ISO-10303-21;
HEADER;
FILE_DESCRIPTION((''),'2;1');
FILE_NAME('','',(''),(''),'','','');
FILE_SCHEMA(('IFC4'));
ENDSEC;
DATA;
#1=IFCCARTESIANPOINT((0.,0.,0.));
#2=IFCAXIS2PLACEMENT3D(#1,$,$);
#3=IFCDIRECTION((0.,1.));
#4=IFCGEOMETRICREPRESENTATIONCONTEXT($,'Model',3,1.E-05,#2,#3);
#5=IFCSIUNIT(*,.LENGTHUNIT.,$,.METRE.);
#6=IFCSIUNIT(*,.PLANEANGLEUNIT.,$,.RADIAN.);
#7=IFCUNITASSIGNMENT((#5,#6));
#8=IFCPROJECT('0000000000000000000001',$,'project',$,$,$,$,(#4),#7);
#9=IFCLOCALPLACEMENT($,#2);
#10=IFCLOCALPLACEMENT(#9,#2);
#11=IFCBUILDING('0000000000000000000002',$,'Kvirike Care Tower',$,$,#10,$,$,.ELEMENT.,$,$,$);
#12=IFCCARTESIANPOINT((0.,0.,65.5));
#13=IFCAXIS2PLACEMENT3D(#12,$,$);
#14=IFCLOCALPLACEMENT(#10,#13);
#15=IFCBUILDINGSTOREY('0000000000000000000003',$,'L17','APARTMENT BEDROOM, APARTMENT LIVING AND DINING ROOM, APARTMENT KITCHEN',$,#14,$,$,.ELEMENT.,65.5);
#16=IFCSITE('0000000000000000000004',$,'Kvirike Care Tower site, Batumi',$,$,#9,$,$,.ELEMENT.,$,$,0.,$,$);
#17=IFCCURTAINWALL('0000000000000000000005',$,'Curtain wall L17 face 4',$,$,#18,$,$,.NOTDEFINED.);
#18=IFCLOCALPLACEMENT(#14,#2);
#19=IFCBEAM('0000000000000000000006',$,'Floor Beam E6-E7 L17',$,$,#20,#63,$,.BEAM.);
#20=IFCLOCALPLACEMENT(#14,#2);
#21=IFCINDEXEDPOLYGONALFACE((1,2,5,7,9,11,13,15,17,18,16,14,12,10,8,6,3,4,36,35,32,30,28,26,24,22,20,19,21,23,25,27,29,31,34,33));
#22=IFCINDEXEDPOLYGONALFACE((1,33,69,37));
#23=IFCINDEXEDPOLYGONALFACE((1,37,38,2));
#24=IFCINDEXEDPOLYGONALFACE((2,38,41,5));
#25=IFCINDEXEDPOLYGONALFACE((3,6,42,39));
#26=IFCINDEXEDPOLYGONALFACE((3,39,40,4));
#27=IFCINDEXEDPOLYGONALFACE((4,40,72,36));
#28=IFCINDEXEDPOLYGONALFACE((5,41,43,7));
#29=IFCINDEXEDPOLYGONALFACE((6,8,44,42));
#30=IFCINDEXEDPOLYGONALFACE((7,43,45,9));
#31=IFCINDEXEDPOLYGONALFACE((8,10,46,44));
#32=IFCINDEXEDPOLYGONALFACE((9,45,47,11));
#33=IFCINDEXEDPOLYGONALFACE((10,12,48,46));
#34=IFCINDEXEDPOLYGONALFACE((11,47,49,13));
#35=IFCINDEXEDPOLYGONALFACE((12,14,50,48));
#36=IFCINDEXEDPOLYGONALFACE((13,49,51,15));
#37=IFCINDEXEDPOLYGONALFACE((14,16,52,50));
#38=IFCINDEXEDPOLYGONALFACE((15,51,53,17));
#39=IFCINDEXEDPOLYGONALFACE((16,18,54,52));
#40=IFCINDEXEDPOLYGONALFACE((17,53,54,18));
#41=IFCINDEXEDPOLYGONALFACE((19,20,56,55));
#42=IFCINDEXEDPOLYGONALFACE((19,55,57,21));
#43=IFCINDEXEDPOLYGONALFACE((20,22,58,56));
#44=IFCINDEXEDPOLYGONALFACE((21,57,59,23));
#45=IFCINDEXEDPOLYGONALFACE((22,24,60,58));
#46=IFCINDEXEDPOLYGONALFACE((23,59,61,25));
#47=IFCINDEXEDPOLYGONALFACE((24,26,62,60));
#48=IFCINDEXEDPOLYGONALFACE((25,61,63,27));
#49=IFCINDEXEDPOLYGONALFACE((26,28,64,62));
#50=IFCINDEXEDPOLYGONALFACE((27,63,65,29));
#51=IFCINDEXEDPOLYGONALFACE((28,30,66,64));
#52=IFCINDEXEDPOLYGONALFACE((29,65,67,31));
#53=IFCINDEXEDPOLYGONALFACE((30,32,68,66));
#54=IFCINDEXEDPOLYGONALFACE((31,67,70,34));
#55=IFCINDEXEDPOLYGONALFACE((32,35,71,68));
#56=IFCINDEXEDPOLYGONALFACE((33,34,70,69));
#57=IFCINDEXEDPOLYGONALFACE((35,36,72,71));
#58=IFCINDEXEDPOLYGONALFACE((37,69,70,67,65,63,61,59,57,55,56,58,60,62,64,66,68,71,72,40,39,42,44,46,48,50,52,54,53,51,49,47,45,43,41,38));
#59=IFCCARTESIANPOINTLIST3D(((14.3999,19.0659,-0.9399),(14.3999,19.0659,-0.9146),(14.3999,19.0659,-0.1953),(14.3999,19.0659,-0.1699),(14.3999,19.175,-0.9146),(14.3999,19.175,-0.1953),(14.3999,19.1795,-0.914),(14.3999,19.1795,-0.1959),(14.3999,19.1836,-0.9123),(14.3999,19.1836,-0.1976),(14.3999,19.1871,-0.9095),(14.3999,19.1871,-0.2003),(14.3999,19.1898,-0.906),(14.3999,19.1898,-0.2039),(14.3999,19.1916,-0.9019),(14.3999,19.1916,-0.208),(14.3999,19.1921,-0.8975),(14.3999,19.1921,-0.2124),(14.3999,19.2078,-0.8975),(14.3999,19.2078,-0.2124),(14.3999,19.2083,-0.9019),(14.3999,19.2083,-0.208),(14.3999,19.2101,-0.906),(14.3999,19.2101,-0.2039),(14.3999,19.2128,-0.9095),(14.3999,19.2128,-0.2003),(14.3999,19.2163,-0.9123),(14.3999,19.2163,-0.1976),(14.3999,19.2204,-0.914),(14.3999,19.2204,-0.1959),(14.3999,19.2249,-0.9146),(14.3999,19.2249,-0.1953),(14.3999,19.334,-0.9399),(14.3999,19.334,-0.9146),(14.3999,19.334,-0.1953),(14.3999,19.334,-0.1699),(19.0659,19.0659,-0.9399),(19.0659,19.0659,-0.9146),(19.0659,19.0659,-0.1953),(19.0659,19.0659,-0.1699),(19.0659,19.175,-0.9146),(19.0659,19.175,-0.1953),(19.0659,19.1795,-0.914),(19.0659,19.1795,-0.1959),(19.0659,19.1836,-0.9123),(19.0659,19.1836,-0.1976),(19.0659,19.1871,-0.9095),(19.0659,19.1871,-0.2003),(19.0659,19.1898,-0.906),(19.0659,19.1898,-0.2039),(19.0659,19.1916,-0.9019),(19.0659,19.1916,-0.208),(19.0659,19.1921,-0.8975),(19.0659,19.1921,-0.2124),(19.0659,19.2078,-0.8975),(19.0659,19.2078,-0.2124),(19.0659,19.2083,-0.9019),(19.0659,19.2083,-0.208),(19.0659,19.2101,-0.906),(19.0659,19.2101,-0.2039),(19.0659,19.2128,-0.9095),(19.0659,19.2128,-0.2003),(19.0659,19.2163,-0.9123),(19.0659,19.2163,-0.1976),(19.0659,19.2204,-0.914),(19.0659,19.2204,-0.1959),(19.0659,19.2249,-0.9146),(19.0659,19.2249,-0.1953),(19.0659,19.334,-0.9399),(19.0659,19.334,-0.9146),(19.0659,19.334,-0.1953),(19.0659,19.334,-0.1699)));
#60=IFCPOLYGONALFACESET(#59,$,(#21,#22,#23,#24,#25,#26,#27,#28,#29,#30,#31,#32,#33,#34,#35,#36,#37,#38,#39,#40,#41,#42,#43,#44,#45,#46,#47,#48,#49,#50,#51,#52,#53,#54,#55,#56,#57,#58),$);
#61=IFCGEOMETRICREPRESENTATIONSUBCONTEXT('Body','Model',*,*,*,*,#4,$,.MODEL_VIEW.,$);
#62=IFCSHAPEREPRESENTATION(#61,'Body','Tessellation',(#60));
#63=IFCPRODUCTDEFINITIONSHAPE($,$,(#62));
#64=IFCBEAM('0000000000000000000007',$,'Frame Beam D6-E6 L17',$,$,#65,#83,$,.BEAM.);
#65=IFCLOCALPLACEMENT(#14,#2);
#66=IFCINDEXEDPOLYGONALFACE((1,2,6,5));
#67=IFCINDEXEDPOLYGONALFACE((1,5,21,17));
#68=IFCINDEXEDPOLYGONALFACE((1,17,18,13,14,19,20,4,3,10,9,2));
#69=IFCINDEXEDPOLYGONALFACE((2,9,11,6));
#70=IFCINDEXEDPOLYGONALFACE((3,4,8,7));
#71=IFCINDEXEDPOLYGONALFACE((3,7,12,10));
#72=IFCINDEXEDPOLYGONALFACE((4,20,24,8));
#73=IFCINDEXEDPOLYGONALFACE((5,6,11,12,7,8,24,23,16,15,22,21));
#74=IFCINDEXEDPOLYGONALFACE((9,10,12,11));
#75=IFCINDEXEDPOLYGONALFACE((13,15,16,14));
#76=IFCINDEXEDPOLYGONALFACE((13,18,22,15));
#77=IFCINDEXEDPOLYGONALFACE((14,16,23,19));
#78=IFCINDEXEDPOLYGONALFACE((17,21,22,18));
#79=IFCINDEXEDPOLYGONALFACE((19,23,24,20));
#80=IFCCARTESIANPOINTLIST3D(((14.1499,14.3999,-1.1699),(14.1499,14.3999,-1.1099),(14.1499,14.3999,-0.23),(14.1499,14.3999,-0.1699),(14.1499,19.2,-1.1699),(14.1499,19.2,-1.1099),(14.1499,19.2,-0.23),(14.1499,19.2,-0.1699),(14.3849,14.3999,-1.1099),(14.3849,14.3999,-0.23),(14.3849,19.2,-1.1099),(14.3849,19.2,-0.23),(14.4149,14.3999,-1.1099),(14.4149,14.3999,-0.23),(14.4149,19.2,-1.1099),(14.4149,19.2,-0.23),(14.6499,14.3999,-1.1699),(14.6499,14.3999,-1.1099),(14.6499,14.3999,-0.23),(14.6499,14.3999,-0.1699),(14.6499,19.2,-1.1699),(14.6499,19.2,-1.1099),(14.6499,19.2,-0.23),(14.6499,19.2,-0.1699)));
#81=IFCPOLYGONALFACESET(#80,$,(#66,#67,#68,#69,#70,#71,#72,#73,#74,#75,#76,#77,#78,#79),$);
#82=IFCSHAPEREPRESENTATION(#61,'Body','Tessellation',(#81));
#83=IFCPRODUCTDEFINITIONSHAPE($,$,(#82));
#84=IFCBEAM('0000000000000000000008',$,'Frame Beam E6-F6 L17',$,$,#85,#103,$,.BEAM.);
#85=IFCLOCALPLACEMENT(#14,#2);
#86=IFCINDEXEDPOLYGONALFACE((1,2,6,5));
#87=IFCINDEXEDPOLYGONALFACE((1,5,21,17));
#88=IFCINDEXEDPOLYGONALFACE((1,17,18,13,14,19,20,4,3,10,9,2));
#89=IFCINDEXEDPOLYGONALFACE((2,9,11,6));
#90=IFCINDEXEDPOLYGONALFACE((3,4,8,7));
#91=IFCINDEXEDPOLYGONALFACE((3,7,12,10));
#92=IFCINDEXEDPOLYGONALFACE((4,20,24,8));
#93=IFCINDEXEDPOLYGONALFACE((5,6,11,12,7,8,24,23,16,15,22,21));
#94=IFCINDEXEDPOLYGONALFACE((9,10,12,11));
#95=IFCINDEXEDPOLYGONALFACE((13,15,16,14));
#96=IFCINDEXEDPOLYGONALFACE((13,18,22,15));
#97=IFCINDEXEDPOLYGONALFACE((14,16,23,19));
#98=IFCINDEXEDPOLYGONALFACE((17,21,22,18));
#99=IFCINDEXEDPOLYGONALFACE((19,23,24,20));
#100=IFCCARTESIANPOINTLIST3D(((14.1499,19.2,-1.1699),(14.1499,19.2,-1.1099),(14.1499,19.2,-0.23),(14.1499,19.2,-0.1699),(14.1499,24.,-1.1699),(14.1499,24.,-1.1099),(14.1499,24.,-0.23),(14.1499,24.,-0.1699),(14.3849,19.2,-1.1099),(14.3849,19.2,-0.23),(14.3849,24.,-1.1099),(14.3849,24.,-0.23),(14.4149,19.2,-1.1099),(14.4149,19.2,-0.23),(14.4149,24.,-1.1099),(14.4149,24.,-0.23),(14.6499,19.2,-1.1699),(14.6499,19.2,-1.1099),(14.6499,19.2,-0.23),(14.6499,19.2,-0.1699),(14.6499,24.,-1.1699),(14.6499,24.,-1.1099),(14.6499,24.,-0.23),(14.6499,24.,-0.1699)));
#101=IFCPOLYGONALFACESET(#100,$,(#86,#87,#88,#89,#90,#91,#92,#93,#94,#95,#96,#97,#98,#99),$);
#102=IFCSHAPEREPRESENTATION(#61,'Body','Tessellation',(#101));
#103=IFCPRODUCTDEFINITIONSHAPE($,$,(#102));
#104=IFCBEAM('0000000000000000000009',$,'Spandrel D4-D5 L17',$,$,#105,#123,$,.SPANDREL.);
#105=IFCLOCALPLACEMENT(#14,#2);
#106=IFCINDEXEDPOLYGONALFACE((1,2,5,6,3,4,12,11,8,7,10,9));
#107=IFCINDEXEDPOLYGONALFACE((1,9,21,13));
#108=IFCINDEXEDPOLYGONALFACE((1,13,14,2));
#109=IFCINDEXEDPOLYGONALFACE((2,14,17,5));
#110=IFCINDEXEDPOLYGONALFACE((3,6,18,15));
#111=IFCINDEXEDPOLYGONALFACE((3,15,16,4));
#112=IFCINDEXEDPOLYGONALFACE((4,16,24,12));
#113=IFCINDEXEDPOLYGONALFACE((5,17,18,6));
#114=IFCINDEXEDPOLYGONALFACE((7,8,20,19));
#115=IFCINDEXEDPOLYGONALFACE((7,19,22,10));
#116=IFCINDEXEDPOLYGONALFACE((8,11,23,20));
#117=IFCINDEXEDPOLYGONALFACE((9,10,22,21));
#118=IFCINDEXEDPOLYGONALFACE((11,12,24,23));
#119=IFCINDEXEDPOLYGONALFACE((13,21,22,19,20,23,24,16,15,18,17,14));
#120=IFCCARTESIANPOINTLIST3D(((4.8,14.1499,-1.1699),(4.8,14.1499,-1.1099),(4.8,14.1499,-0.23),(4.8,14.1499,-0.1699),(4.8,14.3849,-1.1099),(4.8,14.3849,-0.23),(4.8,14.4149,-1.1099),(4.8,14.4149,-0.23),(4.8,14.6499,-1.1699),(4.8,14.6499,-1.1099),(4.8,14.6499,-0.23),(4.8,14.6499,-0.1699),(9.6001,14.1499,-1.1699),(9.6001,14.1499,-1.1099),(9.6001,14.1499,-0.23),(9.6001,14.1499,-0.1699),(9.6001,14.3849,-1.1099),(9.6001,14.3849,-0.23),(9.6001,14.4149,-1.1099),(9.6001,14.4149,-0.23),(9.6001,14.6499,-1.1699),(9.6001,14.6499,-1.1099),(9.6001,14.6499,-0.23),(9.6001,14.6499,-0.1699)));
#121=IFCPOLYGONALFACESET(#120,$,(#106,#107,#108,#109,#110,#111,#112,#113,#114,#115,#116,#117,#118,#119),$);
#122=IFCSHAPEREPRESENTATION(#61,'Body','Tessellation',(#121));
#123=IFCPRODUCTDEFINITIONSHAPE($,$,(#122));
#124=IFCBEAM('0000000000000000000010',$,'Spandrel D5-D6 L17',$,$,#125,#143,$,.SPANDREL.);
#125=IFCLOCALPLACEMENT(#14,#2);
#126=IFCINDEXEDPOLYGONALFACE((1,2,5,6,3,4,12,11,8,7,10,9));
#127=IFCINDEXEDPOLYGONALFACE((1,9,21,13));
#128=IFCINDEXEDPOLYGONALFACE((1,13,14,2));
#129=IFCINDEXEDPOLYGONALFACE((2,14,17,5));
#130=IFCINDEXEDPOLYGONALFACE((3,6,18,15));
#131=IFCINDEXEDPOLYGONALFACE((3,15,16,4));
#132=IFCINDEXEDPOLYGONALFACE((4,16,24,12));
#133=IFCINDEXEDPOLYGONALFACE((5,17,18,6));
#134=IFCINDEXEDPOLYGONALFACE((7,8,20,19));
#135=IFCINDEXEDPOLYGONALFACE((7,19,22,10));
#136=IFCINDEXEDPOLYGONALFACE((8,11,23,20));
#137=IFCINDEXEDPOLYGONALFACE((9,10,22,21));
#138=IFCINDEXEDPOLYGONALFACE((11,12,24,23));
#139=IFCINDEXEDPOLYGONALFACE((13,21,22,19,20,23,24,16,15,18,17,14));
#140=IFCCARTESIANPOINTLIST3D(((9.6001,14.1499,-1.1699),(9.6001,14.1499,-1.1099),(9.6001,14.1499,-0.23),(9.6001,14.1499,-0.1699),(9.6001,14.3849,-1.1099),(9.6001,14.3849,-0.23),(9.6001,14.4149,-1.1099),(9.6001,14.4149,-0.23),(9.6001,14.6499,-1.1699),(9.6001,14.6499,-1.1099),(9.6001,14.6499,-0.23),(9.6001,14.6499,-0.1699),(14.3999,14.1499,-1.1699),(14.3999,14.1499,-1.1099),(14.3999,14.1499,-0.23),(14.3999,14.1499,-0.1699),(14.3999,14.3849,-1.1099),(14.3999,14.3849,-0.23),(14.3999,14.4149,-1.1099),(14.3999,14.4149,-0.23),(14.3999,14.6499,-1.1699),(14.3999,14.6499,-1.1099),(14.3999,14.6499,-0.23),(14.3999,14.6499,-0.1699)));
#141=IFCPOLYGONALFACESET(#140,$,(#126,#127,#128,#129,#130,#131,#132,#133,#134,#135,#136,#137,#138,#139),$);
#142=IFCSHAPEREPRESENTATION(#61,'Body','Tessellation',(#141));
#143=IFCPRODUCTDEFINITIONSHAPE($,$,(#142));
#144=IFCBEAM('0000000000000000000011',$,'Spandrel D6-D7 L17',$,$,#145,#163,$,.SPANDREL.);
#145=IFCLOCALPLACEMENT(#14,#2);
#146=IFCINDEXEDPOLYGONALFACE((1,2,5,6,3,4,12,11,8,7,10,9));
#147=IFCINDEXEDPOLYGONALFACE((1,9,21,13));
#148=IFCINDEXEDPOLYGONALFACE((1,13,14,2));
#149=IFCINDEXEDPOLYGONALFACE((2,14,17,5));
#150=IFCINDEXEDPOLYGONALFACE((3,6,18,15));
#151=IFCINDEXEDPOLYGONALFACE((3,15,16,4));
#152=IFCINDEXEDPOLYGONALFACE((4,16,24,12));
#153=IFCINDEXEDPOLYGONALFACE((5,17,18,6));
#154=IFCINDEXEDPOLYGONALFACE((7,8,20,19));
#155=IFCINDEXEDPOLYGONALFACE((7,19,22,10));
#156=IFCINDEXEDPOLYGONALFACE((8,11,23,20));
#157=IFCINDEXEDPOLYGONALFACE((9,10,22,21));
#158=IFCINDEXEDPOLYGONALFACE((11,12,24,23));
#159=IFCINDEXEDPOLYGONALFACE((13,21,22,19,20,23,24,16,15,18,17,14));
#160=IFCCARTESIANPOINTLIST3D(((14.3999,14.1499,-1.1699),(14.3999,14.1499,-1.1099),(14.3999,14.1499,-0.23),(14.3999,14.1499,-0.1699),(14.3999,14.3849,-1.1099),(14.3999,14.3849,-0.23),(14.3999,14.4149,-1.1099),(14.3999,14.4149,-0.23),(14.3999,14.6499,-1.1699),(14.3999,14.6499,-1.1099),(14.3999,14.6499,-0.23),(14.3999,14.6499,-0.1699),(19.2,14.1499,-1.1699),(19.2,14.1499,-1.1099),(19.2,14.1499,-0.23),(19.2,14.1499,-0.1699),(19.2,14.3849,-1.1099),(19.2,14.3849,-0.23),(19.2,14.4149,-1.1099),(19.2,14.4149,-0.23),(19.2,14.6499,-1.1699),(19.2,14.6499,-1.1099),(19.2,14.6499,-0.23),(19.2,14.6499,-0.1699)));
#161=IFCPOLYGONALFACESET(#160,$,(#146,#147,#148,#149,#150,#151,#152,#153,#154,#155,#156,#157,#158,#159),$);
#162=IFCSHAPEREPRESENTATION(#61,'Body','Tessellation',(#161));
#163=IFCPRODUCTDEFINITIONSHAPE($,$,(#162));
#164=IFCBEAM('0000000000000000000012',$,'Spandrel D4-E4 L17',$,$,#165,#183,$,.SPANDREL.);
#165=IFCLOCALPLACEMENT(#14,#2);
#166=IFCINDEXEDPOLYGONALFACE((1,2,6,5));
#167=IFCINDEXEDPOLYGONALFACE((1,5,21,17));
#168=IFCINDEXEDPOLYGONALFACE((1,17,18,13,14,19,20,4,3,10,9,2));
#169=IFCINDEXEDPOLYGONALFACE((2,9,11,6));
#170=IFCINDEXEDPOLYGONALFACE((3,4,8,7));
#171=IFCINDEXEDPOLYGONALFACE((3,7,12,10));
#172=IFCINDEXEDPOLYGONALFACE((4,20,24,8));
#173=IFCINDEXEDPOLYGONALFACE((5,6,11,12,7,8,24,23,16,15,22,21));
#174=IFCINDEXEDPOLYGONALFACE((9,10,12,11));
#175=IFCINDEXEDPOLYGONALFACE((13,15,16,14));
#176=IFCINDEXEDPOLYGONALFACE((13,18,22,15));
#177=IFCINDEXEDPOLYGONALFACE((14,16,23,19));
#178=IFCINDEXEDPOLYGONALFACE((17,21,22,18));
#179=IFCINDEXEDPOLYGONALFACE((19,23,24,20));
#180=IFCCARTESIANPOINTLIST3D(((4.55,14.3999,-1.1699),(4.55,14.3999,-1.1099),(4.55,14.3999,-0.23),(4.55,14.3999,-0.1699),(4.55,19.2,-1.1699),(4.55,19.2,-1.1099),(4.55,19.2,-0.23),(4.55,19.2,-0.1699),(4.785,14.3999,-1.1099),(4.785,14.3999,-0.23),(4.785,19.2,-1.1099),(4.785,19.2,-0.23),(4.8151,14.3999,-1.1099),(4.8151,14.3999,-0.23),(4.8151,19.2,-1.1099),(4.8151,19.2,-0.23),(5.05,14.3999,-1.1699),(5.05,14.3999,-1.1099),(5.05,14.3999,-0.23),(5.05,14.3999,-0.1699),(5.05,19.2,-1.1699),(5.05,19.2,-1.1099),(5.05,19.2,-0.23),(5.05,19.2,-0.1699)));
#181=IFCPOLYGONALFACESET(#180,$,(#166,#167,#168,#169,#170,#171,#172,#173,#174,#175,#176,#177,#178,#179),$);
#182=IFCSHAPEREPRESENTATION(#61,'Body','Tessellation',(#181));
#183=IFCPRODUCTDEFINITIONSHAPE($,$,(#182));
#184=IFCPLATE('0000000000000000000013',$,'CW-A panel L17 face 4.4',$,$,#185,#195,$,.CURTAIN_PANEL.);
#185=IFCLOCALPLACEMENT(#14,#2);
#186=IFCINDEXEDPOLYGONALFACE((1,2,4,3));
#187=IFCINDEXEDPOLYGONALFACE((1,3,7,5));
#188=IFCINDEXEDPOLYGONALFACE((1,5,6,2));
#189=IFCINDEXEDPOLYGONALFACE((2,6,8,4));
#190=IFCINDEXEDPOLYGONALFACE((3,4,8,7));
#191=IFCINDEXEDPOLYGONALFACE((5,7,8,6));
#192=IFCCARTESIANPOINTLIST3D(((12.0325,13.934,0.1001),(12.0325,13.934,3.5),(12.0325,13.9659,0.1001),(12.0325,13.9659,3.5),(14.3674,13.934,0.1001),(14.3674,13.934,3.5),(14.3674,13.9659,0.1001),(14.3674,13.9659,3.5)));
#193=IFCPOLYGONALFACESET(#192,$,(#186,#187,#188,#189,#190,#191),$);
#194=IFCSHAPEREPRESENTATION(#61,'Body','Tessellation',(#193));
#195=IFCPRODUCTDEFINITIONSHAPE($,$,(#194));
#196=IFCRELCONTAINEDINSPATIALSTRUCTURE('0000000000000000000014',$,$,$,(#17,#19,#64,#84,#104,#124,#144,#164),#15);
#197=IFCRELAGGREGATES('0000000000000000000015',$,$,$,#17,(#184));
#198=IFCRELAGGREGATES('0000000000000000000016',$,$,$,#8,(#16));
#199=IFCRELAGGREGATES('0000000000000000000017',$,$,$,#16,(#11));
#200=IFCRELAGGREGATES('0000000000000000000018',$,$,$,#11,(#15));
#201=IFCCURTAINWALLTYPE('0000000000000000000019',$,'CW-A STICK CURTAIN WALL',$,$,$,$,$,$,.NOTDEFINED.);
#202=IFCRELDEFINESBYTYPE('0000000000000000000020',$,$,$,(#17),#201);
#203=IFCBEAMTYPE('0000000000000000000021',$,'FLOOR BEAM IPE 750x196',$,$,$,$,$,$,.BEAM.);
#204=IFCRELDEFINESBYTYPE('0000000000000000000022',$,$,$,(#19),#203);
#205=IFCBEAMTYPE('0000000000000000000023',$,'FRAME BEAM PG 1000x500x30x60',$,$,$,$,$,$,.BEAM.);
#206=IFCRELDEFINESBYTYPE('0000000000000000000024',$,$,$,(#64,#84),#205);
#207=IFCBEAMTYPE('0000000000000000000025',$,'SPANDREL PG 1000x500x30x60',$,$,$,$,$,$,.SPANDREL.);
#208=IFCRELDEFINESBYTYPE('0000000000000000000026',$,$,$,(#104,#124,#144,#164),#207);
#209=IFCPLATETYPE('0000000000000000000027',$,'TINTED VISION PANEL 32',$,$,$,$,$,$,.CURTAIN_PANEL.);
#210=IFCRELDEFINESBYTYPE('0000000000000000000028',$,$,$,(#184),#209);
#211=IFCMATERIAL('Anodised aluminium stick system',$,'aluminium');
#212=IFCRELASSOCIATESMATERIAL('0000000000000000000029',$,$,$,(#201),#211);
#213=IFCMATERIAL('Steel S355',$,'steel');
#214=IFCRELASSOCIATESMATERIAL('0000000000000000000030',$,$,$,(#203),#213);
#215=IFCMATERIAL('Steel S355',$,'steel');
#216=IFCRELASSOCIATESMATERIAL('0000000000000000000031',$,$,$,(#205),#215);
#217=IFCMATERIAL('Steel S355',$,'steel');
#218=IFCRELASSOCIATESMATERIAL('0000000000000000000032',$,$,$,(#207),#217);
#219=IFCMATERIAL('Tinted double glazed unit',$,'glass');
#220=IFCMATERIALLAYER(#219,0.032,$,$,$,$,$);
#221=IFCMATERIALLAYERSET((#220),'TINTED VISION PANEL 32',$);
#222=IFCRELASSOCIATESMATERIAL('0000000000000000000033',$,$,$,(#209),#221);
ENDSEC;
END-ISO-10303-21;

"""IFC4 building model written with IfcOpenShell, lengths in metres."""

from ifc_helpers import new_model, si_unit, direction, frame, origin, origin_2d, place, context, subcontext, project, spatial, rectangle, i_section, extrude, material, layer, layer_set, material_profile, profile_set, type_object, element, aggregate, save


model = new_model("IFC4")

# Units and contexts
model_context = context("Model", 3, precision=1e-05, world=origin(), true_north=direction((0.0, 1.0)))
body_context = subcontext(model_context, "Body", "Model", "MODEL_VIEW")
ifc_project = project(units=[si_unit("LENGTHUNIT", "METRE"), si_unit("PLANEANGLEUNIT", "RADIAN")], contexts=[model_context])

# Site, building, storey
site_placement = place(None, origin())
site = spatial("IfcSite", under=ifc_project, at=site_placement, Name="Kvirike Care Tower site, Batumi", CompositionType="ELEMENT", RefElevation=0.0)
building_placement = place(site_placement, origin())
building = spatial("IfcBuilding", under=site, at=building_placement, Name="Kvirike Care Tower", CompositionType="ELEMENT")
storey_placement = place(building_placement, frame((0.0, 0.0, 65.5)))
storey = spatial("IfcBuildingStorey", under=building, at=storey_placement, Name="L17", Description="APARTMENT BEDROOM, APARTMENT LIVING AND DINING ROOM, APARTMENT KITCHEN", CompositionType="ELEMENT", Elevation=65.5)

# Curtain wall
ifc_material_1 = material(Name="Anodised aluminium stick system", Category="aluminium")
curtain_wall_type = type_object("IfcCurtainWallType", Name="CW-A STICK CURTAIN WALL", PredefinedType="NOTDEFINED", material=ifc_material_1)
curtain_wall_placement = place(storey_placement, origin())
curtain_wall = element("IfcCurtainWall", 1, at=curtain_wall_placement, inside=storey, type_object=curtain_wall_type, Name="Curtain wall L17 face 4", PredefinedType="NOTDEFINED")

# Beams
ifc_material_2 = material(Name="Steel S355", Category="steel")
ifc_material_profile_1 = material_profile(ifc_material_2, i_section(OverallWidth=0.2681, OverallDepth=0.77, WebThickness=0.0156, FlangeThickness=0.0254, FilletRadius=0.0171, at=origin_2d()), Name="IPE 750x196")
ifc_profile_set_1 = profile_set([ifc_material_profile_1], Name="Steel S355")
beam_type_1 = type_object("IfcBeamType", Name="FLOOR BEAM IPE 750x196", PredefinedType="BEAM", material=ifc_profile_set_1)
beam_1_placement = place(storey_placement, frame((14.3999, 19.2, -0.5549), z_axis=(1.0, 0.0, 0.0), x_axis=(0.0, 1.0, 0.0)))
element("IfcBeam", 2, at=beam_1_placement, inside=storey, type_object=beam_type_1, Name="Floor Beam E6-E7 L17", PredefinedType="BEAM", context=body_context, shape_type="SweptSolid", body=[
    extrude(i_section(OverallWidth=0.2681, OverallDepth=0.77, WebThickness=0.0156, FlangeThickness=0.0254, FilletRadius=0.0171, at=origin_2d()), origin(), (0.0, 0.0, 1.0), 4.666),
])
ifc_material_3 = material(Name="Steel S355", Category="steel")
ifc_material_profile_2 = material_profile(ifc_material_3, i_section(OverallWidth=0.5, OverallDepth=1.0, WebThickness=0.03, FlangeThickness=0.0601, at=origin_2d()), Name="PG 1000x500x30x60")
ifc_profile_set_2 = profile_set([ifc_material_profile_2], Name="Steel S355")
beam_type_2 = type_object("IfcBeamType", Name="FRAME BEAM PG 1000x500x30x60", PredefinedType="BEAM", material=ifc_profile_set_2)
for number, where, z_axis, x_axis, name in (
    (3, (14.3999, 14.3999, -0.6699), (0.0, 1.0, 0.0), (-1.0, 0.0, 0.0), "Frame Beam D6-E6 L17"),
    (4, (14.3999, 19.2, -0.6699), (0.0, 1.0, 0.0), (-1.0, 0.0, 0.0), "Frame Beam E6-F6 L17"),
):
    element("IfcBeam", number, at=place(storey_placement, frame(where, z_axis=z_axis, x_axis=x_axis)), inside=storey, type_object=beam_type_2, Name=name, PredefinedType="BEAM", context=body_context, shape_type="SweptSolid", body=[
        extrude(i_section(OverallWidth=0.5, OverallDepth=1.0, WebThickness=0.03, FlangeThickness=0.0601, at=origin_2d()), origin(), (0.0, 0.0, 1.0), 4.8),
    ])
ifc_material_4 = material(Name="Steel S355", Category="steel")
ifc_material_profile_3 = material_profile(ifc_material_4, i_section(OverallWidth=0.5, OverallDepth=1.0, WebThickness=0.03, FlangeThickness=0.0601, at=origin_2d()), Name="PG 1000x500x30x60")
ifc_profile_set_3 = profile_set([ifc_material_profile_3], Name="Steel S355")
beam_type_3 = type_object("IfcBeamType", Name="SPANDREL PG 1000x500x30x60", PredefinedType="SPANDREL", material=ifc_profile_set_3)
beam_2_placement = place(storey_placement, frame((4.8, 14.3999, -0.6699), z_axis=(1.0, 0.0, 0.0), x_axis=(0.0, 1.0, 0.0)))
element("IfcBeam", 5, at=beam_2_placement, inside=storey, type_object=beam_type_3, Name="Spandrel D4-D5 L17", PredefinedType="SPANDREL", context=body_context, shape_type="SweptSolid", body=[
    extrude(i_section(OverallWidth=0.5, OverallDepth=1.0, WebThickness=0.03, FlangeThickness=0.0601, at=origin_2d()), origin(), (0.0, 0.0, 1.0), 4.8),
])
beam_3_placement = place(storey_placement, frame((9.6001, 14.3999, -0.6699), z_axis=(1.0, 0.0, 0.0), x_axis=(0.0, 1.0, 0.0)))
element("IfcBeam", 6, at=beam_3_placement, inside=storey, type_object=beam_type_3, Name="Spandrel D5-D6 L17", PredefinedType="SPANDREL", context=body_context, shape_type="SweptSolid", body=[
    extrude(i_section(OverallWidth=0.5, OverallDepth=1.0, WebThickness=0.03, FlangeThickness=0.0601, at=origin_2d()), origin(), (0.0, 0.0, 1.0), 4.7998),
])
for number, where, z_axis, x_axis, name in (
    (7, (14.3999, 14.3999, -0.6699), (1.0, 0.0, 0.0), (0.0, 1.0, 0.0), "Spandrel D6-D7 L17"),
    (8, (4.8, 14.3999, -0.6699), (0.0, 1.0, 0.0), (-1.0, 0.0, 0.0), "Spandrel D4-E4 L17"),
):
    element("IfcBeam", number, at=place(storey_placement, frame(where, z_axis=z_axis, x_axis=x_axis)), inside=storey, type_object=beam_type_3, Name=name, PredefinedType="SPANDREL", context=body_context, shape_type="SweptSolid", body=[
        extrude(i_section(OverallWidth=0.5, OverallDepth=1.0, WebThickness=0.03, FlangeThickness=0.0601, at=origin_2d()), origin(), (0.0, 0.0, 1.0), 4.8),
    ])

# Plate
ifc_material_5 = material(Name="Tinted double glazed unit", Category="glass")
ifc_layer_1 = layer(ifc_material_5, 0.032)
ifc_layer_set_1 = layer_set([ifc_layer_1], Name="TINTED VISION PANEL 32")
plate_type = type_object("IfcPlateType", Name="TINTED VISION PANEL 32", PredefinedType="CURTAIN_PANEL", material=ifc_layer_set_1)
plate_1_placement = place(storey_placement, frame((13.2, 13.95, 0.1001), z_axis=(0.0, 0.0, 1.0), x_axis=(1.0, 0.0, 0.0)))
plate_1 = element("IfcPlate", 9, at=plate_1_placement, type_object=plate_type, Name="CW-A panel L17 face 4.4", PredefinedType="CURTAIN_PANEL", context=body_context, shape_type="SweptSolid", body=[
    extrude(rectangle(XDim=2.335, YDim=0.032, at=origin_2d()), origin(), (0.0, 0.0, 1.0), 3.3999),
])
aggregate(curtain_wall, [plate_1])

save(model, "model.ifc")
